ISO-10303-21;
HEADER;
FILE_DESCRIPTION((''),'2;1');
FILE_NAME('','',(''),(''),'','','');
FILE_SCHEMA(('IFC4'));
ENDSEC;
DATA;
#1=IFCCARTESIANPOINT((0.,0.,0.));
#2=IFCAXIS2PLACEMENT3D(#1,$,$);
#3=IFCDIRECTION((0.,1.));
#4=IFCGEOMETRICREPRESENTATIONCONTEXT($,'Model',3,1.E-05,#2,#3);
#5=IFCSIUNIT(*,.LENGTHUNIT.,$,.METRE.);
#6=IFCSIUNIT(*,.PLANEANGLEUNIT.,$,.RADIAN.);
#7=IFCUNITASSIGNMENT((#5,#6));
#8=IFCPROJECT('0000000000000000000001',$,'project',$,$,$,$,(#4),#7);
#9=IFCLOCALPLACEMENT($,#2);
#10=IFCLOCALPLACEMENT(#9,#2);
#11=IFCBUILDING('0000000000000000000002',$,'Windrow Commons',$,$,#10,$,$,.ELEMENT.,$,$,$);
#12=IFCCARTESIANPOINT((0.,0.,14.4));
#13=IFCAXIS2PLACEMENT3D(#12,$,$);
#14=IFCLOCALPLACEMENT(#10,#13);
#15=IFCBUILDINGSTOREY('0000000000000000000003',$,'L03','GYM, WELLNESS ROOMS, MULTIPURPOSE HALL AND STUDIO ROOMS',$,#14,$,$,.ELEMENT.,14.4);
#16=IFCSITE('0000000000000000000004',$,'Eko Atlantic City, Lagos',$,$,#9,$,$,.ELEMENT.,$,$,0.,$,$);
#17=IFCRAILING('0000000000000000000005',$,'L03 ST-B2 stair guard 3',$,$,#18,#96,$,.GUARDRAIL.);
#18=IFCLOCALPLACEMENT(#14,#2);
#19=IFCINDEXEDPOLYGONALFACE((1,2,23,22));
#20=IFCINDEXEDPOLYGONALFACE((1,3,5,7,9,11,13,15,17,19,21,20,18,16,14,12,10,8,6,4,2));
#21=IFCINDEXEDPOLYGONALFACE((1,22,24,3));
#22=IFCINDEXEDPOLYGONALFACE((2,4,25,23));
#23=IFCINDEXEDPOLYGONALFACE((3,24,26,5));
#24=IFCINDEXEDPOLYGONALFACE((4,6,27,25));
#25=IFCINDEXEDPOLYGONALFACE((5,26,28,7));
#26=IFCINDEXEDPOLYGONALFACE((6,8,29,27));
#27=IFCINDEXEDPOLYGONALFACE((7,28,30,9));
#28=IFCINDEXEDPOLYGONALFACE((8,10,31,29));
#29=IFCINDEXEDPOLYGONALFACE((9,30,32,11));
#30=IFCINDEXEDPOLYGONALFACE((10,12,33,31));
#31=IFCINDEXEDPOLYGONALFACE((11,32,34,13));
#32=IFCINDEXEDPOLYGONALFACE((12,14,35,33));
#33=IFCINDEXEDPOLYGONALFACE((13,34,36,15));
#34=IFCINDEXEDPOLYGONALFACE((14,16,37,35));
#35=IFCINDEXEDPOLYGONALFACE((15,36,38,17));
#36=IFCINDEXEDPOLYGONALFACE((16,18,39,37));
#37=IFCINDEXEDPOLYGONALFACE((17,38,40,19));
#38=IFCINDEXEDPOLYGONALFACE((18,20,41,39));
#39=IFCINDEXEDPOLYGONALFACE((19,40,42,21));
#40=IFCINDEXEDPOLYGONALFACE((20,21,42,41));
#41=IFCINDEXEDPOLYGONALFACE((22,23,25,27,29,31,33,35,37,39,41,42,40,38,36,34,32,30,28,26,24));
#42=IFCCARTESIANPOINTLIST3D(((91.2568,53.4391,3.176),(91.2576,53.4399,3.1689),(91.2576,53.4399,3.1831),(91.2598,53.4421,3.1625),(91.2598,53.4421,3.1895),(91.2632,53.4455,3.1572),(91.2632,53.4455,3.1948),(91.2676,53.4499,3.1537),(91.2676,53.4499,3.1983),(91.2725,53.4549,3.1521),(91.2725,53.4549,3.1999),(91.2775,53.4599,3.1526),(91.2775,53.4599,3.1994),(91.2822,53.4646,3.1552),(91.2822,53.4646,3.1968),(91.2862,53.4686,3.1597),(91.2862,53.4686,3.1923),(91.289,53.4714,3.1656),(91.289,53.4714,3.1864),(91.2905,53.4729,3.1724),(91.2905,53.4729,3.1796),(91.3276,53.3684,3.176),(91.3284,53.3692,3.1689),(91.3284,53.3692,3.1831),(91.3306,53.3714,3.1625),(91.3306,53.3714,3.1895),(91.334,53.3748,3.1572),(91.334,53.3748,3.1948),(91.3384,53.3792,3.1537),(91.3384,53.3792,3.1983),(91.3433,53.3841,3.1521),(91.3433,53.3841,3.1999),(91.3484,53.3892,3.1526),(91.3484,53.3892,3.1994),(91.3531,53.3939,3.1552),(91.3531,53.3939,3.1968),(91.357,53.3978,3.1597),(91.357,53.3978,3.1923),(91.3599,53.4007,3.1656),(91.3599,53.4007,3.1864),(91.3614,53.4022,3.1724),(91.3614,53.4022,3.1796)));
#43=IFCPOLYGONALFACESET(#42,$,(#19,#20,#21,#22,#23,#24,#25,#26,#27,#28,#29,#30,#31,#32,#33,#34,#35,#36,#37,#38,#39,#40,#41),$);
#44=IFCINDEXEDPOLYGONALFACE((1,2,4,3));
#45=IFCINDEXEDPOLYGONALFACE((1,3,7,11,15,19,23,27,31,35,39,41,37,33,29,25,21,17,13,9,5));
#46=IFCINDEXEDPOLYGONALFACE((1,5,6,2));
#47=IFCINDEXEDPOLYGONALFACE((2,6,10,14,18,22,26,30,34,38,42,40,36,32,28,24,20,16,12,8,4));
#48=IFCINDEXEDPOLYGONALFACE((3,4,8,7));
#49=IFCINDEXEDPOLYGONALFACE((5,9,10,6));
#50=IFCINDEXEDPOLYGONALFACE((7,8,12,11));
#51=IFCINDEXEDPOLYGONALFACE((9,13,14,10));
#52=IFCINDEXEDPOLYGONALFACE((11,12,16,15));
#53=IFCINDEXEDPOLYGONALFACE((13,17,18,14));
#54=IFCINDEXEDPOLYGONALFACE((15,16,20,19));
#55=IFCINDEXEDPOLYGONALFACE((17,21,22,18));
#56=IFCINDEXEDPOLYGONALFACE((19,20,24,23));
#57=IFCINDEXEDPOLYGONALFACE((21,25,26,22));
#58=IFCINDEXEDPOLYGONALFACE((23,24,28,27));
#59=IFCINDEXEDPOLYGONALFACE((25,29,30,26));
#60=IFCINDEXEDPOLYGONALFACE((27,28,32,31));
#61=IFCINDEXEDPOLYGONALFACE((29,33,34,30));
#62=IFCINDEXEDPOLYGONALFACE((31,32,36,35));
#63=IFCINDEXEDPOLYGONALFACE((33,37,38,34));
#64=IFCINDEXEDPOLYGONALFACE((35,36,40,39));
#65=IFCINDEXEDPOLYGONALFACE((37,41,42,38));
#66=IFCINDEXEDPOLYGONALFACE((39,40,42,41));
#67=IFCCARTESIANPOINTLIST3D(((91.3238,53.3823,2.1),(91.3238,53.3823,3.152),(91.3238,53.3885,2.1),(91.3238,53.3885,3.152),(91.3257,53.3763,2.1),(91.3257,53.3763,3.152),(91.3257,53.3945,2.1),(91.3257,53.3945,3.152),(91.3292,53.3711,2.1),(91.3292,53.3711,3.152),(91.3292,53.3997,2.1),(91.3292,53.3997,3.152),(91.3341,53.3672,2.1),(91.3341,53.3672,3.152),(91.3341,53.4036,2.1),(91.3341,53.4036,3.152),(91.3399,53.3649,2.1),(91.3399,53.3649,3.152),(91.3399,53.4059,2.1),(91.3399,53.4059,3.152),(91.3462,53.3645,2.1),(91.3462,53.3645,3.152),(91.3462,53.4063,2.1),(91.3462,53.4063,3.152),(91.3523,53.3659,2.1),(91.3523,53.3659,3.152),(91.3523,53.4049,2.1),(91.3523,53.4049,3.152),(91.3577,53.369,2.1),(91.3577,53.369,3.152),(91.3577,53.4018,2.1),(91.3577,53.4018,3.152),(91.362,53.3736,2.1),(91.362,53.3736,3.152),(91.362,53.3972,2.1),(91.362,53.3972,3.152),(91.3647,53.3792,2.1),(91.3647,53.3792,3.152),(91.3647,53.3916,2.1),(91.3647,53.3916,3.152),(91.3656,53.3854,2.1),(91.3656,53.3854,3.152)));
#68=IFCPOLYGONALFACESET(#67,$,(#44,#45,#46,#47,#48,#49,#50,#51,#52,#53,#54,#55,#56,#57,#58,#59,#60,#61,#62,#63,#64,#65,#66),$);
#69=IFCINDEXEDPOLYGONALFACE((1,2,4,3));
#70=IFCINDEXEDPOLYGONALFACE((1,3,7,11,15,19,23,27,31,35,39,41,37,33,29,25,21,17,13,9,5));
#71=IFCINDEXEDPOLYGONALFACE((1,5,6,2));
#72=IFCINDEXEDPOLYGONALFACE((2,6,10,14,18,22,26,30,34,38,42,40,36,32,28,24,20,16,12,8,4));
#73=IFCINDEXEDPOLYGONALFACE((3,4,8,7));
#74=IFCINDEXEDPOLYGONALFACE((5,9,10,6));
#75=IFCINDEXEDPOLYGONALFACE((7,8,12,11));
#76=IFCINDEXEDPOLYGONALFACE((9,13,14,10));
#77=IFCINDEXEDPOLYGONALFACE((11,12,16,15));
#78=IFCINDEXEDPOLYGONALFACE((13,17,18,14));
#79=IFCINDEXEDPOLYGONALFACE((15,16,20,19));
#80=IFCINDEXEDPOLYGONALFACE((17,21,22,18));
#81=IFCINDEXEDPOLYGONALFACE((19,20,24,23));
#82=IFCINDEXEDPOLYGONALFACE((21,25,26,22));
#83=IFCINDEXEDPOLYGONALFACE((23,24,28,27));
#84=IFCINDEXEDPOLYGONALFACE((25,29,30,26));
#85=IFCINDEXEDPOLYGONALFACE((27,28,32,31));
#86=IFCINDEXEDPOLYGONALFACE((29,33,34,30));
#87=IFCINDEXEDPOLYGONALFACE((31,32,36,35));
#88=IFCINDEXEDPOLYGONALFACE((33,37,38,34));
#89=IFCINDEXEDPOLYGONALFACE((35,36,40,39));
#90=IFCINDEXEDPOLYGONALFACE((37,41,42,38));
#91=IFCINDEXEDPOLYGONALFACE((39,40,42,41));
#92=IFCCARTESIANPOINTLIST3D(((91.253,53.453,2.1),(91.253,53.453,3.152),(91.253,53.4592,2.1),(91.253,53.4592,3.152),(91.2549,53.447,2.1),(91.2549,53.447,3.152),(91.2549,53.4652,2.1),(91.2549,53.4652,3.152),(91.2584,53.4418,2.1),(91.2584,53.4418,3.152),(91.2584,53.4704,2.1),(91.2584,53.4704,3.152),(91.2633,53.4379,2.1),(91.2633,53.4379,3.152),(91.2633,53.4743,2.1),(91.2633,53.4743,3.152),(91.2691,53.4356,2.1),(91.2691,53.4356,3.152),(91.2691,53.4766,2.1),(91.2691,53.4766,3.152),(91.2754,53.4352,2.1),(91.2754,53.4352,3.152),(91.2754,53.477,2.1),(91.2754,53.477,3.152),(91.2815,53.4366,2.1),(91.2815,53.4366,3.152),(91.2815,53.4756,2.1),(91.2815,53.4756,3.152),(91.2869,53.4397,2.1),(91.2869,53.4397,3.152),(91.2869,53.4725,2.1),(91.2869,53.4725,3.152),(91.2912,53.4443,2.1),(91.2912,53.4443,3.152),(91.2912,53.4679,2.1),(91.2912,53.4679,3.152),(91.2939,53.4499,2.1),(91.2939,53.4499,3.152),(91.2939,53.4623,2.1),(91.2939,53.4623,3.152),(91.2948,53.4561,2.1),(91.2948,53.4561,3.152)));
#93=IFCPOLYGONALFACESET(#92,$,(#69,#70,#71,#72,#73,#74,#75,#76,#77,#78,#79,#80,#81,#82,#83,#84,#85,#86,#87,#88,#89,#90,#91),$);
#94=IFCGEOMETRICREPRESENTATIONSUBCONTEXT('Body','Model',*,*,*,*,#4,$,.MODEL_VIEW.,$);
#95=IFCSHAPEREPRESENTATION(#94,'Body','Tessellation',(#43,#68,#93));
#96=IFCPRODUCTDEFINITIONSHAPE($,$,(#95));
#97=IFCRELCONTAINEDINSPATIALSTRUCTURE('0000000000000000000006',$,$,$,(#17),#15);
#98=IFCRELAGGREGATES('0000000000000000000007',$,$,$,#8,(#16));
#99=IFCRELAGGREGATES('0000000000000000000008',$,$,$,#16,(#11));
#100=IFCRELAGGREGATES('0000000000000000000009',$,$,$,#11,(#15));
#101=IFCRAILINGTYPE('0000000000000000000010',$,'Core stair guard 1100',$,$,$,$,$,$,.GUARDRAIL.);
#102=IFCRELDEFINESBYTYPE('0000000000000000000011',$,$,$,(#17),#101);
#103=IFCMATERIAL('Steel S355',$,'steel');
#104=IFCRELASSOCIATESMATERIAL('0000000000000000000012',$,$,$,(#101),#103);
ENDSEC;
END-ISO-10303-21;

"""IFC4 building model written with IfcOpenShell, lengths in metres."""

from ifc_helpers import new_model, si_unit, direction, frame, origin, origin_2d, place, context, subcontext, project, spatial, circle, extrude, material, type_object, element, save


model = new_model("IFC4")

# Units and contexts
model_context = context("Model", 3, precision=1e-05, world=origin(), true_north=direction((0.0, 1.0)))
body_context = subcontext(model_context, "Body", "Model", "MODEL_VIEW")
ifc_project = project(units=[si_unit("LENGTHUNIT", "METRE"), si_unit("PLANEANGLEUNIT", "RADIAN")], contexts=[model_context])

# Site, building, storey
site_placement = place(None, origin())
site = spatial("IfcSite", under=ifc_project, at=site_placement, Name="Eko Atlantic City, Lagos", CompositionType="ELEMENT", RefElevation=0.0)
building_placement = place(site_placement, origin())
building = spatial("IfcBuilding", under=site, at=building_placement, Name="Windrow Commons", CompositionType="ELEMENT")
storey_placement = place(building_placement, frame((0.0, 0.0, 14.4)))
storey = spatial("IfcBuildingStorey", under=building, at=storey_placement, Name="L03", Description="GYM, WELLNESS ROOMS, MULTIPURPOSE HALL AND STUDIO ROOMS", CompositionType="ELEMENT", Elevation=14.4)

# Railing
ifc_material_1 = material(Name="Steel S355", Category="steel")
railing_type_1 = type_object("IfcRailingType", Name="Core stair guard 1100", PredefinedType="GUARDRAIL", material=ifc_material_1)
railing_1_placement = place(storey_placement, frame((91.3446, 53.3854, 2.1)))
element("IfcRailing", 1, at=railing_1_placement, inside=storey, type_object=railing_type_1, Name="L03 ST-B2 stair guard 3", PredefinedType="GUARDRAIL", context=body_context, shape_type="SweptSolid", body=[
    extrude(circle(Radius=0.024, at=origin_2d()), frame((0.0, 0.0, 1.076), z_axis=(-0.707606, 0.706607, 0.0), x_axis=(-0.706607, -0.707606, 0.0)), (0.0, 0.0, 1.0), 0.1001),
    extrude(circle(Radius=0.021, at=origin_2d()), origin(), (0.0, 0.0, 1.0), 1.052),
    extrude(circle(Radius=0.021, at=origin_2d()), frame((-0.0708, 0.0707, 0.0)), (0.0, 0.0, 1.0), 1.052),
])

save(model, "model.ifc")
